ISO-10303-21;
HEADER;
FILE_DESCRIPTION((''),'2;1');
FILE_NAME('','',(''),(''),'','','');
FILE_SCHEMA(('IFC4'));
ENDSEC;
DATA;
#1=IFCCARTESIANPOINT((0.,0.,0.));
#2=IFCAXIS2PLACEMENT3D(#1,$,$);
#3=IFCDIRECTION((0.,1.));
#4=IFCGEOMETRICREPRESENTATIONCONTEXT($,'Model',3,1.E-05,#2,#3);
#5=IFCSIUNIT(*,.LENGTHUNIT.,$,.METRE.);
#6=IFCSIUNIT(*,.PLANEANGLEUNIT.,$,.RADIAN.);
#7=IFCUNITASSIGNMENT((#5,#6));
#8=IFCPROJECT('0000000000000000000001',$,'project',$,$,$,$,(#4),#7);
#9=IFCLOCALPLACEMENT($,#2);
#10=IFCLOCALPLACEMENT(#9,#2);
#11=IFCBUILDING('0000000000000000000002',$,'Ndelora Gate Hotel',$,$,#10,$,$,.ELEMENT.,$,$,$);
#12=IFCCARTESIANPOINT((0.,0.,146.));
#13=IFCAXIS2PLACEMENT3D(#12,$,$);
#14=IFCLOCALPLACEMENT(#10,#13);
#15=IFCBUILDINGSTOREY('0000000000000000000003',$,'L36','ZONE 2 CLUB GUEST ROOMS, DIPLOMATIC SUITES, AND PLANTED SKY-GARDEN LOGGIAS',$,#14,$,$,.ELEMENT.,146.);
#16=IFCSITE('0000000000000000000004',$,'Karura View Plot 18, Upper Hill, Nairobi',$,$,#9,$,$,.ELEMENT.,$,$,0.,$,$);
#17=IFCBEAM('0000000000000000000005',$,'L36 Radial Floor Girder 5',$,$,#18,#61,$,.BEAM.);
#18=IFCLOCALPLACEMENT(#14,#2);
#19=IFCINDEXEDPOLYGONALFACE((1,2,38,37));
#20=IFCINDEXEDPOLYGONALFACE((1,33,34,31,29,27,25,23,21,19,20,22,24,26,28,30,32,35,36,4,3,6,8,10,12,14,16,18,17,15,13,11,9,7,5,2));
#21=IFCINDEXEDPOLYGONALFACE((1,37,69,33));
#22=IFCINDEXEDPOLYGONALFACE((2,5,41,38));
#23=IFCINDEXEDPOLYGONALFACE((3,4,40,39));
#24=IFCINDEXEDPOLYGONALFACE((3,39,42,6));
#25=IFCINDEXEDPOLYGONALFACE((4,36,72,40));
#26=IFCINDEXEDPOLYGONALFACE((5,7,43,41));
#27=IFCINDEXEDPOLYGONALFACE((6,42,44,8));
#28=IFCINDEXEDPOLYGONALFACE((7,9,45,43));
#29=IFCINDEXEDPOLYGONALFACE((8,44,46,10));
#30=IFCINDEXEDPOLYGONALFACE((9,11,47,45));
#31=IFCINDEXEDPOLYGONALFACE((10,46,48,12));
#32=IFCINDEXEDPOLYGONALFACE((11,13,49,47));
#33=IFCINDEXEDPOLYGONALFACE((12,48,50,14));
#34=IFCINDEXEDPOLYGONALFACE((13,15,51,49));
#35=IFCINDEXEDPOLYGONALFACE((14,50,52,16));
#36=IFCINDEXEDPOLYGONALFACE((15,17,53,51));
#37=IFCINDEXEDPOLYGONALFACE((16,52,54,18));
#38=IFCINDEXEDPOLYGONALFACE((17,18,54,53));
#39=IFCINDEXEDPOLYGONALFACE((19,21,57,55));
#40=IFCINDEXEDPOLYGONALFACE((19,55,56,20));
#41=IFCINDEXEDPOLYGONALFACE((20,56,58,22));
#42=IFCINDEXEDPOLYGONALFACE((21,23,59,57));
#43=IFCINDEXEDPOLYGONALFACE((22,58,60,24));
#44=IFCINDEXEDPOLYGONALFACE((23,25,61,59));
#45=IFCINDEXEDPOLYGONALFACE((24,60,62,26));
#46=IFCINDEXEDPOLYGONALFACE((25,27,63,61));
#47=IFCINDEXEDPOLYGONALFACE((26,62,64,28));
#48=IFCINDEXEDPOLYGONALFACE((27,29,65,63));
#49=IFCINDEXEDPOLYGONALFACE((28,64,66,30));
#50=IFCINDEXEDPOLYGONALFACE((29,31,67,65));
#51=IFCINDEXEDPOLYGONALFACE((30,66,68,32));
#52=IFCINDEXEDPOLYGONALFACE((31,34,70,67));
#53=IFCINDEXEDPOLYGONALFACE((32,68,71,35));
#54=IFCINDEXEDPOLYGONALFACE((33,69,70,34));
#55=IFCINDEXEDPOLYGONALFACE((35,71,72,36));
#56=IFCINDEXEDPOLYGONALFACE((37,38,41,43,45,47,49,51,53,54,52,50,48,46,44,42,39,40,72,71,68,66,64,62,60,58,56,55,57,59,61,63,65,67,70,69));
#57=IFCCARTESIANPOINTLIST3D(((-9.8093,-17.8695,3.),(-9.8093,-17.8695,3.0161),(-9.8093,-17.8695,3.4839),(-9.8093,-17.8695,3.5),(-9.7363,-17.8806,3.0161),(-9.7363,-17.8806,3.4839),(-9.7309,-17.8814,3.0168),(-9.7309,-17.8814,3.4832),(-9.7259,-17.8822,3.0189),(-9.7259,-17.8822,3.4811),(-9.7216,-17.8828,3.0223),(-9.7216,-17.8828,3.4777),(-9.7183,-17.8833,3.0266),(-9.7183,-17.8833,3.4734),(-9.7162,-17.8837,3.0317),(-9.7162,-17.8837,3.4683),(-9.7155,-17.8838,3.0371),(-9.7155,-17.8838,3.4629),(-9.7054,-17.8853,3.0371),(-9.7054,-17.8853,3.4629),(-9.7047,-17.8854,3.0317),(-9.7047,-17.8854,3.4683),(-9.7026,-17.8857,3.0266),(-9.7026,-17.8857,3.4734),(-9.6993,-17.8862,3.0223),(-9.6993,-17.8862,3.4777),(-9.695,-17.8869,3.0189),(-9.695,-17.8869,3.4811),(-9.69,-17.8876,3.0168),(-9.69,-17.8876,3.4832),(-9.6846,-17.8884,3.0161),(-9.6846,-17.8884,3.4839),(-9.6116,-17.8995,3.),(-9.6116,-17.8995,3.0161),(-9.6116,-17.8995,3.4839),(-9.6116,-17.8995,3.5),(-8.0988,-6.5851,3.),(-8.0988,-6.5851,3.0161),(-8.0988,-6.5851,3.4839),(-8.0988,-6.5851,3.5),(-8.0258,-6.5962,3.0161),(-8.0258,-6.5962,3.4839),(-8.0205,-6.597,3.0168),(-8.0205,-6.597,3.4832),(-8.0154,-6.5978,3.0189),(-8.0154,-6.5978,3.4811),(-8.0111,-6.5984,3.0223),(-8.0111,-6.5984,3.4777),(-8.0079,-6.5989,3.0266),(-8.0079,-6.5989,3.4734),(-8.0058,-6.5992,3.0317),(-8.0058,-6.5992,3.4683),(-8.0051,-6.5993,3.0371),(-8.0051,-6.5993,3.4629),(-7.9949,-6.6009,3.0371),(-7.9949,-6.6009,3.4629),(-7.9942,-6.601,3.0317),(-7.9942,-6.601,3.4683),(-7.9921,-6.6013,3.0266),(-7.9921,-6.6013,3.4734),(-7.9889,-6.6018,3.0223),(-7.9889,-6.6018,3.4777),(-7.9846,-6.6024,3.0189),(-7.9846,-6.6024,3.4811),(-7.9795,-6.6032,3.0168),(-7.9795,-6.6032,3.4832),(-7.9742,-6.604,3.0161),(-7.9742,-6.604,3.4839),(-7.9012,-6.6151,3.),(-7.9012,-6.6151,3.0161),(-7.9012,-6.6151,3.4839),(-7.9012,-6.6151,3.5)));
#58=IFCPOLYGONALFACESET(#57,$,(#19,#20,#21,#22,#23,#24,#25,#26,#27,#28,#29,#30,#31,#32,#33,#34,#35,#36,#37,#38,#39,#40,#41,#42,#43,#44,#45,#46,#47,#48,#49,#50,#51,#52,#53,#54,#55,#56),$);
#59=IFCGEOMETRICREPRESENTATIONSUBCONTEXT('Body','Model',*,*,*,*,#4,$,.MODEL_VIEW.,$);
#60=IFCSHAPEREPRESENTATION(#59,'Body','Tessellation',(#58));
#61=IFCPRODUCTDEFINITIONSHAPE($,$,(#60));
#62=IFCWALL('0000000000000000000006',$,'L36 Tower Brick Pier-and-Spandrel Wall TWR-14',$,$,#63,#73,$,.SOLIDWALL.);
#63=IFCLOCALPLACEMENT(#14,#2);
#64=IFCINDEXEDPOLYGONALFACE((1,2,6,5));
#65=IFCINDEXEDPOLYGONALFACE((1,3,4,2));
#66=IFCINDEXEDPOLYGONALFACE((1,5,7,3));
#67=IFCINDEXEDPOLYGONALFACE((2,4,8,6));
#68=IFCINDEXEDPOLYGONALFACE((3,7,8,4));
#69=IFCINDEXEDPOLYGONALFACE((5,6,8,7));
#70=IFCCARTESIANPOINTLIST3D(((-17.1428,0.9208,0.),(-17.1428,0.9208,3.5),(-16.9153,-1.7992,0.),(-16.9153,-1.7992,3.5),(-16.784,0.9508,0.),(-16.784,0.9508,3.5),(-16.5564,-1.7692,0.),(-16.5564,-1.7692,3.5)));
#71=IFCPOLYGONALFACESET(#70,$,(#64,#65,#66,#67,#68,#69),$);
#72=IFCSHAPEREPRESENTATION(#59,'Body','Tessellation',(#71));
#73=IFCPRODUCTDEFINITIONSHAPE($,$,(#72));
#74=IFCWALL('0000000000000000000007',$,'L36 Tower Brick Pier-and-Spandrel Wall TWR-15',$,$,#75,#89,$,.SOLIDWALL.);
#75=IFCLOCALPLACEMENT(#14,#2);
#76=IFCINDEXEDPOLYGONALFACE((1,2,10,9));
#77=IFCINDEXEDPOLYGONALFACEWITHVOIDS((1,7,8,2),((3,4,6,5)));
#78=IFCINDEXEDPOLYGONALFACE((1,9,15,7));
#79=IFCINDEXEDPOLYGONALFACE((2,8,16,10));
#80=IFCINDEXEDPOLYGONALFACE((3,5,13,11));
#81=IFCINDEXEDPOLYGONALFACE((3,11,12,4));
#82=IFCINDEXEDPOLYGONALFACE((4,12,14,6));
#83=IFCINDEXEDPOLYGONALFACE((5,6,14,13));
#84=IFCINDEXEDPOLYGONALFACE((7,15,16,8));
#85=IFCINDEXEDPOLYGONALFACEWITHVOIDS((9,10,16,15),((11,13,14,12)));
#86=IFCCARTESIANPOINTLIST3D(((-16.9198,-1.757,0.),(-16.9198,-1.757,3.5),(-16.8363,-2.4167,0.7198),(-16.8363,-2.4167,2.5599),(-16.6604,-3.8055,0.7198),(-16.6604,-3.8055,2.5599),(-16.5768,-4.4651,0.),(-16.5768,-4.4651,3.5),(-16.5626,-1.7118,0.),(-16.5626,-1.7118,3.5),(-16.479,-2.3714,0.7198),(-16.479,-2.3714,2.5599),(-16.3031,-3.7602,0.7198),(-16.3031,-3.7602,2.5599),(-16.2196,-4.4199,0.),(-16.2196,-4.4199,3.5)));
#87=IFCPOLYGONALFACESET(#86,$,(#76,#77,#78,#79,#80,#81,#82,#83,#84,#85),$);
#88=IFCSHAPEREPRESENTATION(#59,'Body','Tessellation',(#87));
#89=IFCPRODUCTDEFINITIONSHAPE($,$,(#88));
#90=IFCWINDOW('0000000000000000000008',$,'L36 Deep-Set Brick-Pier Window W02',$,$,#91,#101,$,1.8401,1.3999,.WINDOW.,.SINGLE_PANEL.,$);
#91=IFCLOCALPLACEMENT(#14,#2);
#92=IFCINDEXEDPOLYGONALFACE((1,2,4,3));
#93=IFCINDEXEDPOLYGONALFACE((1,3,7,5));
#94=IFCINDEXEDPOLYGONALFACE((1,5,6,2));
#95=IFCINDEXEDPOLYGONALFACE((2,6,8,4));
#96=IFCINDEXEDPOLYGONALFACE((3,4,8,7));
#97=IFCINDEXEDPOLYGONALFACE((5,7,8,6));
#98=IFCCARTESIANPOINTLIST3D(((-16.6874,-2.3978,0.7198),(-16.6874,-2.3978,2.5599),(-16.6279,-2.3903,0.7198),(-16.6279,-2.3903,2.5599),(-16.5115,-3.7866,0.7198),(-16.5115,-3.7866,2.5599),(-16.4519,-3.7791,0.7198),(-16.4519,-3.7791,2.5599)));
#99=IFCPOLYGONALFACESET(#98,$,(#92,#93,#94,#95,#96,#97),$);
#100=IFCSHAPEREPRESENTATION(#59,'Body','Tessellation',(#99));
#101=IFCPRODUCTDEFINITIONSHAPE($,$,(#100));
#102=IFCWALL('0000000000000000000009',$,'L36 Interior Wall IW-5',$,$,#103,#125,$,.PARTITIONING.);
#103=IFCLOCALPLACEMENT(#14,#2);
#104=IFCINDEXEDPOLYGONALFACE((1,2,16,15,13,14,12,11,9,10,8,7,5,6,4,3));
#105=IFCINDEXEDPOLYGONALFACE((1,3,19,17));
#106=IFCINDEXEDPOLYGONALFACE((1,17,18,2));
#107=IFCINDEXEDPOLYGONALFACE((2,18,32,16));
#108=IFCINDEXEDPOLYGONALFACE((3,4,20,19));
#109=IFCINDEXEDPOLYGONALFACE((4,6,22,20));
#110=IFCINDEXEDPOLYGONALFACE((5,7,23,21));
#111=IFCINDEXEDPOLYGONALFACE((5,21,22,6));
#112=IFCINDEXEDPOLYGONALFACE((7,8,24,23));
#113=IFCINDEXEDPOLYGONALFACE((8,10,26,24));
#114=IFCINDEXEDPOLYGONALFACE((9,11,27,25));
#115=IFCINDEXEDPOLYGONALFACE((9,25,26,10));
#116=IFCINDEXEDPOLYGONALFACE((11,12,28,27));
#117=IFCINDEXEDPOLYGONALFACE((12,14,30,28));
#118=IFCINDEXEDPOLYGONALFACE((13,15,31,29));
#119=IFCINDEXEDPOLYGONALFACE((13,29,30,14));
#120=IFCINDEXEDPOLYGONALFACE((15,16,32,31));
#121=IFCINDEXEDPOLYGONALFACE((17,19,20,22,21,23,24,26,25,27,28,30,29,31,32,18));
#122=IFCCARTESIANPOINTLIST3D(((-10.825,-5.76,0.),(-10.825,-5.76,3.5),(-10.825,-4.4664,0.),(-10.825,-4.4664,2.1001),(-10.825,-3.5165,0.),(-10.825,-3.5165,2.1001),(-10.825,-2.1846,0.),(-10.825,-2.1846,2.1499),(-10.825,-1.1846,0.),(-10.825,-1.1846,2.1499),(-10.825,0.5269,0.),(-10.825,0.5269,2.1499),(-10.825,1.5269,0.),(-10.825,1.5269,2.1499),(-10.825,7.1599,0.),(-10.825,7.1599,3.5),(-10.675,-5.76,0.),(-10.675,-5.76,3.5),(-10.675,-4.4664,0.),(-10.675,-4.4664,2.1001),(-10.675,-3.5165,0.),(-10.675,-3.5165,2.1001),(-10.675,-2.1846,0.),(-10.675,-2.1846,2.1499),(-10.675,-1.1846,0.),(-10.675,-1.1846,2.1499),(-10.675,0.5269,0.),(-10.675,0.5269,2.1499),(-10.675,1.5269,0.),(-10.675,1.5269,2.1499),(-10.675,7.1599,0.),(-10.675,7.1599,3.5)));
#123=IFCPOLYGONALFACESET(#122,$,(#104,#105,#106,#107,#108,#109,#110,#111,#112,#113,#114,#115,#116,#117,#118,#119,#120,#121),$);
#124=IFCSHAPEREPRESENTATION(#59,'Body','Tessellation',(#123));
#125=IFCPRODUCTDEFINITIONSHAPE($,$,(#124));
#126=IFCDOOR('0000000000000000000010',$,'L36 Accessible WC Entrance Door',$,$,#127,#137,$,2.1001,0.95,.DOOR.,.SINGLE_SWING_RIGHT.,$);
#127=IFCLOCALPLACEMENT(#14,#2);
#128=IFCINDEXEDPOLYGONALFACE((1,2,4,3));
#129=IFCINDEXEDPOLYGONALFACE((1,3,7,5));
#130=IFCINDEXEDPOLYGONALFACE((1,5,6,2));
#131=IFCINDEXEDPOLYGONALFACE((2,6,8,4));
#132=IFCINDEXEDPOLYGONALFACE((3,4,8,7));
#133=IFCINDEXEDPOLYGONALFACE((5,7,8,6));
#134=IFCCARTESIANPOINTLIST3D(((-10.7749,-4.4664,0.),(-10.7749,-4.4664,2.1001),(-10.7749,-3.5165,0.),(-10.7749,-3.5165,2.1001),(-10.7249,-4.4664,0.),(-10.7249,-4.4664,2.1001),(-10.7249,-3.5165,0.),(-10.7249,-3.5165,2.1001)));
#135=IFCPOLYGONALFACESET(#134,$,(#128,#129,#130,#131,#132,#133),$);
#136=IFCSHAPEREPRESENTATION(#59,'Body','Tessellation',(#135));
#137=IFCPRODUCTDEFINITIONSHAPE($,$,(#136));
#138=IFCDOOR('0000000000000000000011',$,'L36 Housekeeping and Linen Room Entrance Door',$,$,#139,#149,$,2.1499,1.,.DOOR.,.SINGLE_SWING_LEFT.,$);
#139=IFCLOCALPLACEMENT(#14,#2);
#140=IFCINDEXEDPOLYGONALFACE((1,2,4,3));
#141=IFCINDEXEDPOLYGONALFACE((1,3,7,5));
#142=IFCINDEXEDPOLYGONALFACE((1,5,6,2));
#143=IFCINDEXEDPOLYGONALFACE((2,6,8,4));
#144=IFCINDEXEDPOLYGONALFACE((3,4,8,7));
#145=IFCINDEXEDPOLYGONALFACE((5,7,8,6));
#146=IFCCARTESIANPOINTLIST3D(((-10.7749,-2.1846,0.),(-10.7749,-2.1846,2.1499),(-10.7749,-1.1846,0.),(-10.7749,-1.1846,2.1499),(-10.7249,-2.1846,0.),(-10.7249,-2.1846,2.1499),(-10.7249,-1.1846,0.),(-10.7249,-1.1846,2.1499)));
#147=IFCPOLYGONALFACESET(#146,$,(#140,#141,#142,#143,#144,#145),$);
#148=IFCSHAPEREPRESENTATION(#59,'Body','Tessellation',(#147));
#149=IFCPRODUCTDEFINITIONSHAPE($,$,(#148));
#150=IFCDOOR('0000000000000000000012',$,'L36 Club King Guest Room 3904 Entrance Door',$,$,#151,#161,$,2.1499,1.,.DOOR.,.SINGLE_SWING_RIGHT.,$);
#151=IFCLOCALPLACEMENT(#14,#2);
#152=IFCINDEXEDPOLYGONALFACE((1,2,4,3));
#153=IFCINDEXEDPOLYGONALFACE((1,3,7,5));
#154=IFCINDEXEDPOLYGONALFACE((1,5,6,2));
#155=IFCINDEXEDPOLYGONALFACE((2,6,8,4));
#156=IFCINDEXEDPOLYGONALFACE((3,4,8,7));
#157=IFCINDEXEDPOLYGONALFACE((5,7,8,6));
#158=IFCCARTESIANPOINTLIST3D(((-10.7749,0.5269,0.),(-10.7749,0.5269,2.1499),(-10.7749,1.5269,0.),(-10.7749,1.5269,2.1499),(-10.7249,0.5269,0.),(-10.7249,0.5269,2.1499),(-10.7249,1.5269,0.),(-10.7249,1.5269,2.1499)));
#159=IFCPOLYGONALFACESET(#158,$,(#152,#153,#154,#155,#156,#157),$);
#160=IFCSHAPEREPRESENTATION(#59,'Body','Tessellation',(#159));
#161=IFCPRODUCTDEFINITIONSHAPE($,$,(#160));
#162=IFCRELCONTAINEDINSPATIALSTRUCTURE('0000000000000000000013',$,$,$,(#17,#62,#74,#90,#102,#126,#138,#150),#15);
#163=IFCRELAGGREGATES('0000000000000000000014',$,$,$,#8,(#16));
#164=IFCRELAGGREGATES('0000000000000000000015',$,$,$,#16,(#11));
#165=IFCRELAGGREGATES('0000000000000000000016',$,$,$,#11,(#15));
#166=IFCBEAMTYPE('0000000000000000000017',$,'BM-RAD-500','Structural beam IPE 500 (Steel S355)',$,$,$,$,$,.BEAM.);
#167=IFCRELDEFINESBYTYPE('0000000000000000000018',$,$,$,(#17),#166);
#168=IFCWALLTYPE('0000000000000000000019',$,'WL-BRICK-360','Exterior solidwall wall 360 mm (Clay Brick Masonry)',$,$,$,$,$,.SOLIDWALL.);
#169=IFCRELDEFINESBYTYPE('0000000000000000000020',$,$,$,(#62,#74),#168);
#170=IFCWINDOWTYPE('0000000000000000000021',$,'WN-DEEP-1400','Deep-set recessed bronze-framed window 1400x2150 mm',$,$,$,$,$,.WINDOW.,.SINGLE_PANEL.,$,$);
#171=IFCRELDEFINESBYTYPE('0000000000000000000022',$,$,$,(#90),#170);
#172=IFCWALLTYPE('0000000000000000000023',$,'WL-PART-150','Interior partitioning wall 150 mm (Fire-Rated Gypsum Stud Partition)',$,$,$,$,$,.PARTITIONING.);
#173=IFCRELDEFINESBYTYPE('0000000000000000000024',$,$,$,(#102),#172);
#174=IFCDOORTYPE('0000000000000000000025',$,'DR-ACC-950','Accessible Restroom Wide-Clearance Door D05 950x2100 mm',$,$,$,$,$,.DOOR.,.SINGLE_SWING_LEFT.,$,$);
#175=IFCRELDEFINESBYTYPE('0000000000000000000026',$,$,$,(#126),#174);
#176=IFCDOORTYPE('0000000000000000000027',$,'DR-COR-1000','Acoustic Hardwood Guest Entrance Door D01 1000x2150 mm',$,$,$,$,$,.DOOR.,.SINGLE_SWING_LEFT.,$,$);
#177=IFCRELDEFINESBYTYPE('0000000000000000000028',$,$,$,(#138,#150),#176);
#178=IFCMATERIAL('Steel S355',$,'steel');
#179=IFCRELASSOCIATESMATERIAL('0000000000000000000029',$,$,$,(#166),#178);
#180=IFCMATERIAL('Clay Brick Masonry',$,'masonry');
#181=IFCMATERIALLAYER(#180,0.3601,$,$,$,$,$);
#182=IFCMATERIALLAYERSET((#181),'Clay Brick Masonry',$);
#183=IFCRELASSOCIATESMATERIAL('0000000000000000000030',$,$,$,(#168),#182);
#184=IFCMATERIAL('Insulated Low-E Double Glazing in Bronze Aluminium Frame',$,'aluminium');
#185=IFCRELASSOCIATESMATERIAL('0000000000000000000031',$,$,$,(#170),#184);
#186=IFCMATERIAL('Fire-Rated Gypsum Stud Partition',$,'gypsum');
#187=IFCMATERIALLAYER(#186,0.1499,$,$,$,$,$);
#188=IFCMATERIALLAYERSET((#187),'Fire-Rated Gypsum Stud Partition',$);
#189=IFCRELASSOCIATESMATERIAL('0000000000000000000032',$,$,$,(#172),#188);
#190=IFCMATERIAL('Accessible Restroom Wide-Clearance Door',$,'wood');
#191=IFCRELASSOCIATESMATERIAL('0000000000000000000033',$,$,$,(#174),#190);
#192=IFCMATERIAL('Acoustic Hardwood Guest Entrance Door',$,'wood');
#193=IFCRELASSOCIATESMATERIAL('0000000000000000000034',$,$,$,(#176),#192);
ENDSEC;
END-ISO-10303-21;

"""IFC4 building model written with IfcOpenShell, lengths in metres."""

from ifc_helpers import new_model, si_unit, direction, frame, frame_2d, origin, origin_2d, place, context, subcontext, project, spatial, rectangle, i_section, extrude, material, layer, layer_set, material_profile, profile_set, type_object, element, fill, save


model = new_model("IFC4")

# Units and contexts
model_context = context("Model", 3, precision=1e-05, world=origin(), true_north=direction((0.0, 1.0)))
body_context = subcontext(model_context, "Body", "Model", "MODEL_VIEW")
ifc_project = project(units=[si_unit("LENGTHUNIT", "METRE"), si_unit("PLANEANGLEUNIT", "RADIAN")], contexts=[model_context])

# Site, building, storey
site_placement = place(None, origin())
site = spatial("IfcSite", under=ifc_project, at=site_placement, Name="Karura View Plot 18, Upper Hill, Nairobi", CompositionType="ELEMENT", RefElevation=0.0)
building_placement = place(site_placement, origin())
building = spatial("IfcBuilding", under=site, at=building_placement, Name="Ndelora Gate Hotel", CompositionType="ELEMENT")
storey_placement = place(building_placement, frame((0.0, 0.0, 146.0)))
storey = spatial("IfcBuildingStorey", under=building, at=storey_placement, Name="L36", Description="ZONE 2 CLUB GUEST ROOMS, DIPLOMATIC SUITES, AND PLANTED SKY-GARDEN LOGGIAS", CompositionType="ELEMENT", Elevation=146.0)

# Beam
ifc_material_1 = material(Name="Steel S355", Category="steel")
ifc_material_profile_1 = material_profile(ifc_material_1, i_section(OverallWidth=0.2, OverallDepth=0.5, WebThickness=0.0103, FlangeThickness=0.0161, FilletRadius=0.021, at=origin_2d()), Name="IPE 500")
ifc_profile_set_1 = profile_set([ifc_material_profile_1], Name="Steel S355")
beam_type_1 = type_object("IfcBeamType", Name="BM-RAD-500", Description="Structural beam IPE 500 (Steel S355)", PredefinedType="BEAM", material=ifc_profile_set_1)
beam_1_placement = place(storey_placement, frame((-8.0, -6.6001, 3.25), z_axis=(-0.149864, -0.988707, 0.0), x_axis=(0.988707, -0.149864, 0.0)))
element("IfcBeam", 1, at=beam_1_placement, inside=storey, type_object=beam_type_1, Name="L36 Radial Floor Girder 5", PredefinedType="BEAM", context=body_context, shape_type="SweptSolid", body=[
    extrude(i_section(OverallWidth=0.2, OverallDepth=0.5, WebThickness=0.0103, FlangeThickness=0.0161, FilletRadius=0.021, at=origin_2d()), origin(), (0.0, 0.0, 1.0), 11.4133),
])

# Wall
ifc_material_2 = material(Name="Clay Brick Masonry", Category="masonry")
ifc_layer_1 = layer(ifc_material_2, 0.3601)
ifc_layer_set_1 = layer_set([ifc_layer_1], Name="Clay Brick Masonry")
wall_type_1 = type_object("IfcWallType", Name="WL-BRICK-360", Description="Exterior solidwall wall 360 mm (Clay Brick Masonry)", PredefinedType="SOLIDWALL", material=ifc_layer_set_1)
wall_1_placement = place(storey_placement, frame((-16.7358, -1.7842, 0.0), z_axis=(0.0, 0.0, 1.0), x_axis=(-0.083364, 0.996519, 0.0)))
element("IfcWall", 2, at=wall_1_placement, inside=storey, type_object=wall_type_1, Name="L36 Tower Brick Pier-and-Spandrel Wall TWR-14", PredefinedType="SOLIDWALL", context=body_context, shape_type="SweptSolid", body=[
    extrude(rectangle(XDim=2.7295, YDim=0.3601, at=frame_2d((1.3647, 0.0))), origin(), (0.0, 0.0, 1.0), 3.5),
])

# Wall, opening, window
wall_2_placement = place(storey_placement, frame((-16.3982, -4.4424, 0.0), z_axis=(0.0, 0.0, 1.0), x_axis=(-0.125664, 0.992073, 0.0)))
wall_2 = element("IfcWall", 3, at=wall_2_placement, inside=storey, type_object=wall_type_1, Name="L36 Tower Brick Pier-and-Spandrel Wall TWR-15", PredefinedType="SOLIDWALL", context=body_context, shape_type="SweptSolid", body=[
    extrude(rectangle(XDim=2.7297, YDim=0.3601, at=frame_2d((1.3647, 0.0))), origin(), (0.0, 0.0, 1.0), 3.5),
])
opening_1_placement = place(wall_2_placement, frame((0.6648, 0.0, 0.72)))
opening_1 = element("IfcOpeningElement", 4, at=opening_1_placement, cuts=wall_2, PredefinedType="OPENING", context=body_context, shape_type="SweptSolid", body=[
    extrude(rectangle(XDim=1.3999, YDim=1.8401, at=frame_2d((0.7, 0.9199))), frame((0.0, 0.1899, 0.0), z_axis=(0.0, -1.0, 0.0), x_axis=(1.0, 0.0, 0.0)), (0.0, 0.0, 1.0), 0.3801),
])
ifc_material_3 = material(Name="Insulated Low-E Double Glazing in Bronze Aluminium Frame", Category="aluminium")
window_type = type_object("IfcWindowType", Name="WN-DEEP-1400", Description="Deep-set recessed bronze-framed window 1400x2150 mm", PartitioningType="SINGLE_PANEL", PredefinedType="WINDOW", material=ifc_material_3)
window_placement = place(opening_1_placement, origin())
window = element("IfcWindow", 5, at=window_placement, inside=storey, type_object=window_type, Name="L36 Deep-Set Brick-Pier Window W02", OverallHeight=1.8401, OverallWidth=1.3999, PartitioningType="SINGLE_PANEL", PredefinedType="WINDOW", context=body_context, shape_type="SweptSolid", body=[
    extrude(rectangle(XDim=1.3999, YDim=1.8401, at=frame_2d((0.7, 0.9199))), frame((0.0, 0.03, 0.0), z_axis=(0.0, -1.0, 0.0), x_axis=(1.0, 0.0, 0.0)), (0.0, 0.0, 1.0), 0.0601),
])
fill(opening_1, window)

# Shared definitions
ifc_material_4 = material(Name="Fire-Rated Gypsum Stud Partition", Category="gypsum")
ifc_layer_2 = layer(ifc_material_4, 0.1499)
ifc_layer_set_2 = layer_set([ifc_layer_2], Name="Fire-Rated Gypsum Stud Partition")
wall_type_2 = type_object("IfcWallType", Name="WL-PART-150", Description="Interior partitioning wall 150 mm (Fire-Rated Gypsum Stud Partition)", PredefinedType="PARTITIONING", material=ifc_layer_set_2)

# Wall, openings, doors
wall_3_placement = place(storey_placement, frame((-10.75, -5.76, 0.0), z_axis=(0.0, 0.0, 1.0), x_axis=(0.0, 1.0, 0.0)))
wall_3 = element("IfcWall", 6, at=wall_3_placement, inside=storey, type_object=wall_type_2, Name="L36 Interior Wall IW-5", PredefinedType="PARTITIONING", context=body_context, shape_type="SweptSolid", body=[
    extrude(rectangle(XDim=12.9199, YDim=0.1499, at=frame_2d((6.46, 0.0))), origin(), (0.0, 0.0, 1.0), 3.5),
])
opening_2_placement = place(wall_3_placement, frame((1.2935, 0.0, 0.0)))
opening_2 = element("IfcOpeningElement", 7, at=opening_2_placement, cuts=wall_3, PredefinedType="OPENING", context=body_context, shape_type="SweptSolid", body=[
    extrude(rectangle(XDim=0.95, YDim=2.1001, at=frame_2d((0.4751, 1.05))), frame((0.0, 0.085, 0.0), z_axis=(0.0, -1.0, 0.0), x_axis=(1.0, 0.0, 0.0)), (0.0, 0.0, 1.0), 0.1699),
])
opening_3_placement = place(wall_3_placement, frame((3.5754, 0.0, 0.0)))
opening_3 = element("IfcOpeningElement", 8, at=opening_3_placement, cuts=wall_3, PredefinedType="OPENING", context=body_context, shape_type="SweptSolid", body=[
    extrude(rectangle(XDim=1.0, YDim=2.1499, at=frame_2d((0.5, 1.075))), frame((0.0, 0.085, 0.0), z_axis=(0.0, -1.0, 0.0), x_axis=(1.0, 0.0, 0.0)), (0.0, 0.0, 1.0), 0.1699),
])
opening_4_placement = place(wall_3_placement, frame((6.2869, 0.0, 0.0)))
opening_4 = element("IfcOpeningElement", 9, at=opening_4_placement, cuts=wall_3, PredefinedType="OPENING", context=body_context, shape_type="SweptSolid", body=[
    extrude(rectangle(XDim=1.0, YDim=2.1499, at=frame_2d((0.5, 1.075))), frame((0.0, 0.085, 0.0), z_axis=(0.0, -1.0, 0.0), x_axis=(1.0, 0.0, 0.0)), (0.0, 0.0, 1.0), 0.1699),
])
ifc_material_5 = material(Name="Accessible Restroom Wide-Clearance Door", Category="wood")
door_type_1 = type_object("IfcDoorType", Name="DR-ACC-950", Description="Accessible Restroom Wide-Clearance Door D05 950x2100 mm", OperationType="SINGLE_SWING_LEFT", PredefinedType="DOOR", material=ifc_material_5)
door_1_placement = place(opening_2_placement, origin())
door_1 = element("IfcDoor", 10, at=door_1_placement, inside=storey, type_object=door_type_1, Name="L36 Accessible WC Entrance Door", OperationType="SINGLE_SWING_RIGHT", OverallHeight=2.1001, OverallWidth=0.95, PredefinedType="DOOR", context=body_context, shape_type="SweptSolid", body=[
    extrude(rectangle(XDim=0.95, YDim=2.1001, at=frame_2d((0.4751, 1.05))), frame((0.0, 0.0249, 0.0), z_axis=(0.0, -1.0, 0.0), x_axis=(1.0, 0.0, 0.0)), (0.0, 0.0, 1.0), 0.05),
])
fill(opening_2, door_1)
ifc_material_6 = material(Name="Acoustic Hardwood Guest Entrance Door", Category="wood")
door_type_2 = type_object("IfcDoorType", Name="DR-COR-1000", Description="Acoustic Hardwood Guest Entrance Door D01 1000x2150 mm", OperationType="SINGLE_SWING_LEFT", PredefinedType="DOOR", material=ifc_material_6)
door_2_placement = place(opening_3_placement, origin())
door_2 = element("IfcDoor", 11, at=door_2_placement, inside=storey, type_object=door_type_2, Name="L36 Housekeeping and Linen Room Entrance Door", OperationType="SINGLE_SWING_LEFT", OverallHeight=2.1499, OverallWidth=1.0, PredefinedType="DOOR", context=body_context, shape_type="SweptSolid", body=[
    extrude(rectangle(XDim=1.0, YDim=2.1499, at=frame_2d((0.5, 1.075))), frame((0.0, 0.0249, 0.0), z_axis=(0.0, -1.0, 0.0), x_axis=(1.0, 0.0, 0.0)), (0.0, 0.0, 1.0), 0.05),
])
fill(opening_3, door_2)
door_3_placement = place(opening_4_placement, origin())
door_3 = element("IfcDoor", 12, at=door_3_placement, inside=storey, type_object=door_type_2, Name="L36 Club King Guest Room 3904 Entrance Door", OperationType="SINGLE_SWING_RIGHT", OverallHeight=2.1499, OverallWidth=1.0, PredefinedType="DOOR", context=body_context, shape_type="SweptSolid", body=[
    extrude(rectangle(XDim=1.0, YDim=2.1499, at=frame_2d((0.5, 1.075))), frame((0.0, 0.0249, 0.0), z_axis=(0.0, -1.0, 0.0), x_axis=(1.0, 0.0, 0.0)), (0.0, 0.0, 1.0), 0.05),
])
fill(opening_4, door_3)

save(model, "model.ifc")
